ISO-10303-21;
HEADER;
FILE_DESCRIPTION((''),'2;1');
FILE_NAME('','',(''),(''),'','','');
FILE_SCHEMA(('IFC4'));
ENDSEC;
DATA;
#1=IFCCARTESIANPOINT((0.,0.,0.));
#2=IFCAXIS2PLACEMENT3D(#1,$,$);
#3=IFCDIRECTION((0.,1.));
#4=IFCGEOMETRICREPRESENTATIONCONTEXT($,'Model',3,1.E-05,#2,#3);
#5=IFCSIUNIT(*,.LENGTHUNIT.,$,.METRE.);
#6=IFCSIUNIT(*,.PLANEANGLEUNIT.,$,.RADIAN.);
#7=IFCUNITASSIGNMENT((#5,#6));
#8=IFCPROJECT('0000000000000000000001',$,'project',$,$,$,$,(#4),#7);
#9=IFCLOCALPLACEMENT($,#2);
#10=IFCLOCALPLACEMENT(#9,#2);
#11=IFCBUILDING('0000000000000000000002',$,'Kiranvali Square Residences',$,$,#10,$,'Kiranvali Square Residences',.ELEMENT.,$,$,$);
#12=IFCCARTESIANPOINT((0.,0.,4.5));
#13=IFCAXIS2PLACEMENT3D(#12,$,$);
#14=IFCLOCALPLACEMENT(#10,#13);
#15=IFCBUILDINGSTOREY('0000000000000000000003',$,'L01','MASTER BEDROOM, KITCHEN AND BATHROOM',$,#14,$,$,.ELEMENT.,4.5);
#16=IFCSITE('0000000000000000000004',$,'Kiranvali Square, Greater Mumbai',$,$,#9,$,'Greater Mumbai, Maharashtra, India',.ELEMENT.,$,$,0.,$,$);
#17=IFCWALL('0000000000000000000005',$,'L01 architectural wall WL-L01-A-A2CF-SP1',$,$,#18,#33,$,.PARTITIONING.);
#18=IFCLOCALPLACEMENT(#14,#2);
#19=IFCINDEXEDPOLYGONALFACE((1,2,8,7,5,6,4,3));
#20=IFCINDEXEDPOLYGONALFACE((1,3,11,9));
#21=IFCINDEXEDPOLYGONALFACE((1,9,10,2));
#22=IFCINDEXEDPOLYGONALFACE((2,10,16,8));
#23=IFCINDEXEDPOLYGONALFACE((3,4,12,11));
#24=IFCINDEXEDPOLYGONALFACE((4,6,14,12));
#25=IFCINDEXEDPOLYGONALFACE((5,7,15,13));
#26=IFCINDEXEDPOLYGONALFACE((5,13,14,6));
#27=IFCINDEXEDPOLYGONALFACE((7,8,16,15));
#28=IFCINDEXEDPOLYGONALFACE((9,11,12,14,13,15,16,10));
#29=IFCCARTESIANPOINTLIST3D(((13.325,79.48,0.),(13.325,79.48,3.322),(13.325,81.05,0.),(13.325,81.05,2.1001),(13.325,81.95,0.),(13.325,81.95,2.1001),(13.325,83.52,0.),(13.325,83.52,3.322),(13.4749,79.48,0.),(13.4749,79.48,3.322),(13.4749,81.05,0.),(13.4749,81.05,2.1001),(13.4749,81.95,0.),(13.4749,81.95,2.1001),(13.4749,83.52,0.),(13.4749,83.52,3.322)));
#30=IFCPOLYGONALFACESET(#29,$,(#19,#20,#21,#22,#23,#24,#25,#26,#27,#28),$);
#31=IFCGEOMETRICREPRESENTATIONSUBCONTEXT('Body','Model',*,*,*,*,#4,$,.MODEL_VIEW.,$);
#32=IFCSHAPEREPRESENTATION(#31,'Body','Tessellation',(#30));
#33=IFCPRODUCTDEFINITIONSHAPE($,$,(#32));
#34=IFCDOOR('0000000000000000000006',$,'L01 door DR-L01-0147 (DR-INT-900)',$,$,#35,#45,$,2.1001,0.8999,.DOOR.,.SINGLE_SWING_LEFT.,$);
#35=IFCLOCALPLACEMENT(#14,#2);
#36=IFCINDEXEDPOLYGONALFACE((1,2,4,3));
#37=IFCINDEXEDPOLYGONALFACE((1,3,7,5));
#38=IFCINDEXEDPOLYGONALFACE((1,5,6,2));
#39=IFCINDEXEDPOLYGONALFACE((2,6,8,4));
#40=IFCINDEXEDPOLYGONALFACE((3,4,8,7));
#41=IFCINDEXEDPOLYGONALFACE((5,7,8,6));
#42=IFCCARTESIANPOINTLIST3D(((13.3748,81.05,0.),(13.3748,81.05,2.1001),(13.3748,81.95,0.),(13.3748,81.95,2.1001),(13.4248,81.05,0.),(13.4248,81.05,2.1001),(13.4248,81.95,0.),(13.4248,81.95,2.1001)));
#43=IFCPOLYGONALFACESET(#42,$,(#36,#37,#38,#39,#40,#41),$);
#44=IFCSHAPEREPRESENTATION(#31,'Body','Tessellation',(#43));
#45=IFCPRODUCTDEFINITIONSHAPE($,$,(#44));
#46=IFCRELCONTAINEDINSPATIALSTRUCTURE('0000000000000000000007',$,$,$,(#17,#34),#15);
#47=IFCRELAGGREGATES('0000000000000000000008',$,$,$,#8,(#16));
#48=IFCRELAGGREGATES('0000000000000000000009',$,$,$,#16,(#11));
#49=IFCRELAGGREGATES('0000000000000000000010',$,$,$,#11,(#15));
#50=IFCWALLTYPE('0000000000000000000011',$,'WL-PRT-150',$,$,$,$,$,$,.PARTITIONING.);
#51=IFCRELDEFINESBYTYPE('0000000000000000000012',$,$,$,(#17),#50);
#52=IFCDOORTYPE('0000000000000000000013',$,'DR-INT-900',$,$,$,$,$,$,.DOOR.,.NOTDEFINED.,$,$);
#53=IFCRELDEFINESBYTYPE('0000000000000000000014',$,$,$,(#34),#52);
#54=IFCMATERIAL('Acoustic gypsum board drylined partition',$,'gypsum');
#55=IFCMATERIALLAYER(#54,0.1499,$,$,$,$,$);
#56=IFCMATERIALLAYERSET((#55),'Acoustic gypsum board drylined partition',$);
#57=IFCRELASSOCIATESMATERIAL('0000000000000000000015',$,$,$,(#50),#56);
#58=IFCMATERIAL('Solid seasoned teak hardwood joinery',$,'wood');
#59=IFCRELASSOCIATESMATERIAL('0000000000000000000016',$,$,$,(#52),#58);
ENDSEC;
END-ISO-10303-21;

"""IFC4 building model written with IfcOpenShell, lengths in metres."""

from ifc_helpers import new_model, si_unit, direction, frame, frame_2d, origin, place, context, subcontext, project, spatial, rectangle, extrude, material, layer, layer_set, type_object, element, fill, save


model = new_model("IFC4")

# Units and contexts
model_context = context("Model", 3, precision=1e-05, world=origin(), true_north=direction((0.0, 1.0)))
body_context = subcontext(model_context, "Body", "Model", "MODEL_VIEW")
ifc_project = project(units=[si_unit("LENGTHUNIT", "METRE"), si_unit("PLANEANGLEUNIT", "RADIAN")], contexts=[model_context])

# Site, building, storey
site_placement = place(None, origin())
site = spatial("IfcSite", under=ifc_project, at=site_placement, Name="Kiranvali Square, Greater Mumbai", LongName="Greater Mumbai, Maharashtra, India", CompositionType="ELEMENT", RefElevation=0.0)
building_placement = place(site_placement, origin())
building = spatial("IfcBuilding", under=site, at=building_placement, Name="Kiranvali Square Residences", LongName="Kiranvali Square Residences", CompositionType="ELEMENT")
storey_placement = place(building_placement, frame((0.0, 0.0, 4.5)))
storey = spatial("IfcBuildingStorey", under=building, at=storey_placement, Name="L01", Description="MASTER BEDROOM, KITCHEN AND BATHROOM", CompositionType="ELEMENT", Elevation=4.5)

# Wall, opening, door
ifc_material_1 = material(Name="Acoustic gypsum board drylined partition", Category="gypsum")
ifc_layer_1 = layer(ifc_material_1, 0.1499)
ifc_layer_set_1 = layer_set([ifc_layer_1], Name="Acoustic gypsum board drylined partition")
wall_type = type_object("IfcWallType", Name="WL-PRT-150", PredefinedType="PARTITIONING", material=ifc_layer_set_1)
wall_placement = place(storey_placement, frame((13.3999, 83.52, 0.0), z_axis=(0.0, 0.0, 1.0), x_axis=(0.0, -1.0, 0.0)))
wall = element("IfcWall", 1, at=wall_placement, inside=storey, type_object=wall_type, Name="L01 architectural wall WL-L01-A-A2CF-SP1", PredefinedType="PARTITIONING", context=body_context, shape_type="SweptSolid", body=[
    extrude(rectangle(XDim=4.04, YDim=0.1499, at=frame_2d((2.02, 0.0))), origin(), (0.0, 0.0, 1.0), 3.322),
])
opening_placement = place(wall_placement, frame((1.5701, 0.0, 0.0)))
opening = element("IfcOpeningElement", 2, at=opening_placement, cuts=wall, PredefinedType="OPENING", context=body_context, shape_type="SweptSolid", body=[
    extrude(rectangle(XDim=0.8999, YDim=2.1001, at=frame_2d((0.45, 1.05))), frame((0.0, 0.085, 0.0), z_axis=(0.0, -1.0, 0.0), x_axis=(1.0, 0.0, 0.0)), (0.0, 0.0, 1.0), 0.1699),
])
ifc_material_2 = material(Name="Solid seasoned teak hardwood joinery", Category="wood")
door_type = type_object("IfcDoorType", Name="DR-INT-900", OperationType="NOTDEFINED", PredefinedType="DOOR", material=ifc_material_2)
door_placement = place(opening_placement, origin())
door = element("IfcDoor", 3, at=door_placement, inside=storey, type_object=door_type, Name="L01 door DR-L01-0147 (DR-INT-900)", OperationType="SINGLE_SWING_LEFT", OverallHeight=2.1001, OverallWidth=0.8999, PredefinedType="DOOR", context=body_context, shape_type="SweptSolid", body=[
    extrude(rectangle(XDim=0.8999, YDim=2.1001, at=frame_2d((0.45, 1.05))), frame((0.0, 0.0249, 0.0), z_axis=(0.0, -1.0, 0.0), x_axis=(1.0, 0.0, 0.0)), (0.0, 0.0, 1.0), 0.05),
])
fill(opening, door)

save(model, "model.ifc")
